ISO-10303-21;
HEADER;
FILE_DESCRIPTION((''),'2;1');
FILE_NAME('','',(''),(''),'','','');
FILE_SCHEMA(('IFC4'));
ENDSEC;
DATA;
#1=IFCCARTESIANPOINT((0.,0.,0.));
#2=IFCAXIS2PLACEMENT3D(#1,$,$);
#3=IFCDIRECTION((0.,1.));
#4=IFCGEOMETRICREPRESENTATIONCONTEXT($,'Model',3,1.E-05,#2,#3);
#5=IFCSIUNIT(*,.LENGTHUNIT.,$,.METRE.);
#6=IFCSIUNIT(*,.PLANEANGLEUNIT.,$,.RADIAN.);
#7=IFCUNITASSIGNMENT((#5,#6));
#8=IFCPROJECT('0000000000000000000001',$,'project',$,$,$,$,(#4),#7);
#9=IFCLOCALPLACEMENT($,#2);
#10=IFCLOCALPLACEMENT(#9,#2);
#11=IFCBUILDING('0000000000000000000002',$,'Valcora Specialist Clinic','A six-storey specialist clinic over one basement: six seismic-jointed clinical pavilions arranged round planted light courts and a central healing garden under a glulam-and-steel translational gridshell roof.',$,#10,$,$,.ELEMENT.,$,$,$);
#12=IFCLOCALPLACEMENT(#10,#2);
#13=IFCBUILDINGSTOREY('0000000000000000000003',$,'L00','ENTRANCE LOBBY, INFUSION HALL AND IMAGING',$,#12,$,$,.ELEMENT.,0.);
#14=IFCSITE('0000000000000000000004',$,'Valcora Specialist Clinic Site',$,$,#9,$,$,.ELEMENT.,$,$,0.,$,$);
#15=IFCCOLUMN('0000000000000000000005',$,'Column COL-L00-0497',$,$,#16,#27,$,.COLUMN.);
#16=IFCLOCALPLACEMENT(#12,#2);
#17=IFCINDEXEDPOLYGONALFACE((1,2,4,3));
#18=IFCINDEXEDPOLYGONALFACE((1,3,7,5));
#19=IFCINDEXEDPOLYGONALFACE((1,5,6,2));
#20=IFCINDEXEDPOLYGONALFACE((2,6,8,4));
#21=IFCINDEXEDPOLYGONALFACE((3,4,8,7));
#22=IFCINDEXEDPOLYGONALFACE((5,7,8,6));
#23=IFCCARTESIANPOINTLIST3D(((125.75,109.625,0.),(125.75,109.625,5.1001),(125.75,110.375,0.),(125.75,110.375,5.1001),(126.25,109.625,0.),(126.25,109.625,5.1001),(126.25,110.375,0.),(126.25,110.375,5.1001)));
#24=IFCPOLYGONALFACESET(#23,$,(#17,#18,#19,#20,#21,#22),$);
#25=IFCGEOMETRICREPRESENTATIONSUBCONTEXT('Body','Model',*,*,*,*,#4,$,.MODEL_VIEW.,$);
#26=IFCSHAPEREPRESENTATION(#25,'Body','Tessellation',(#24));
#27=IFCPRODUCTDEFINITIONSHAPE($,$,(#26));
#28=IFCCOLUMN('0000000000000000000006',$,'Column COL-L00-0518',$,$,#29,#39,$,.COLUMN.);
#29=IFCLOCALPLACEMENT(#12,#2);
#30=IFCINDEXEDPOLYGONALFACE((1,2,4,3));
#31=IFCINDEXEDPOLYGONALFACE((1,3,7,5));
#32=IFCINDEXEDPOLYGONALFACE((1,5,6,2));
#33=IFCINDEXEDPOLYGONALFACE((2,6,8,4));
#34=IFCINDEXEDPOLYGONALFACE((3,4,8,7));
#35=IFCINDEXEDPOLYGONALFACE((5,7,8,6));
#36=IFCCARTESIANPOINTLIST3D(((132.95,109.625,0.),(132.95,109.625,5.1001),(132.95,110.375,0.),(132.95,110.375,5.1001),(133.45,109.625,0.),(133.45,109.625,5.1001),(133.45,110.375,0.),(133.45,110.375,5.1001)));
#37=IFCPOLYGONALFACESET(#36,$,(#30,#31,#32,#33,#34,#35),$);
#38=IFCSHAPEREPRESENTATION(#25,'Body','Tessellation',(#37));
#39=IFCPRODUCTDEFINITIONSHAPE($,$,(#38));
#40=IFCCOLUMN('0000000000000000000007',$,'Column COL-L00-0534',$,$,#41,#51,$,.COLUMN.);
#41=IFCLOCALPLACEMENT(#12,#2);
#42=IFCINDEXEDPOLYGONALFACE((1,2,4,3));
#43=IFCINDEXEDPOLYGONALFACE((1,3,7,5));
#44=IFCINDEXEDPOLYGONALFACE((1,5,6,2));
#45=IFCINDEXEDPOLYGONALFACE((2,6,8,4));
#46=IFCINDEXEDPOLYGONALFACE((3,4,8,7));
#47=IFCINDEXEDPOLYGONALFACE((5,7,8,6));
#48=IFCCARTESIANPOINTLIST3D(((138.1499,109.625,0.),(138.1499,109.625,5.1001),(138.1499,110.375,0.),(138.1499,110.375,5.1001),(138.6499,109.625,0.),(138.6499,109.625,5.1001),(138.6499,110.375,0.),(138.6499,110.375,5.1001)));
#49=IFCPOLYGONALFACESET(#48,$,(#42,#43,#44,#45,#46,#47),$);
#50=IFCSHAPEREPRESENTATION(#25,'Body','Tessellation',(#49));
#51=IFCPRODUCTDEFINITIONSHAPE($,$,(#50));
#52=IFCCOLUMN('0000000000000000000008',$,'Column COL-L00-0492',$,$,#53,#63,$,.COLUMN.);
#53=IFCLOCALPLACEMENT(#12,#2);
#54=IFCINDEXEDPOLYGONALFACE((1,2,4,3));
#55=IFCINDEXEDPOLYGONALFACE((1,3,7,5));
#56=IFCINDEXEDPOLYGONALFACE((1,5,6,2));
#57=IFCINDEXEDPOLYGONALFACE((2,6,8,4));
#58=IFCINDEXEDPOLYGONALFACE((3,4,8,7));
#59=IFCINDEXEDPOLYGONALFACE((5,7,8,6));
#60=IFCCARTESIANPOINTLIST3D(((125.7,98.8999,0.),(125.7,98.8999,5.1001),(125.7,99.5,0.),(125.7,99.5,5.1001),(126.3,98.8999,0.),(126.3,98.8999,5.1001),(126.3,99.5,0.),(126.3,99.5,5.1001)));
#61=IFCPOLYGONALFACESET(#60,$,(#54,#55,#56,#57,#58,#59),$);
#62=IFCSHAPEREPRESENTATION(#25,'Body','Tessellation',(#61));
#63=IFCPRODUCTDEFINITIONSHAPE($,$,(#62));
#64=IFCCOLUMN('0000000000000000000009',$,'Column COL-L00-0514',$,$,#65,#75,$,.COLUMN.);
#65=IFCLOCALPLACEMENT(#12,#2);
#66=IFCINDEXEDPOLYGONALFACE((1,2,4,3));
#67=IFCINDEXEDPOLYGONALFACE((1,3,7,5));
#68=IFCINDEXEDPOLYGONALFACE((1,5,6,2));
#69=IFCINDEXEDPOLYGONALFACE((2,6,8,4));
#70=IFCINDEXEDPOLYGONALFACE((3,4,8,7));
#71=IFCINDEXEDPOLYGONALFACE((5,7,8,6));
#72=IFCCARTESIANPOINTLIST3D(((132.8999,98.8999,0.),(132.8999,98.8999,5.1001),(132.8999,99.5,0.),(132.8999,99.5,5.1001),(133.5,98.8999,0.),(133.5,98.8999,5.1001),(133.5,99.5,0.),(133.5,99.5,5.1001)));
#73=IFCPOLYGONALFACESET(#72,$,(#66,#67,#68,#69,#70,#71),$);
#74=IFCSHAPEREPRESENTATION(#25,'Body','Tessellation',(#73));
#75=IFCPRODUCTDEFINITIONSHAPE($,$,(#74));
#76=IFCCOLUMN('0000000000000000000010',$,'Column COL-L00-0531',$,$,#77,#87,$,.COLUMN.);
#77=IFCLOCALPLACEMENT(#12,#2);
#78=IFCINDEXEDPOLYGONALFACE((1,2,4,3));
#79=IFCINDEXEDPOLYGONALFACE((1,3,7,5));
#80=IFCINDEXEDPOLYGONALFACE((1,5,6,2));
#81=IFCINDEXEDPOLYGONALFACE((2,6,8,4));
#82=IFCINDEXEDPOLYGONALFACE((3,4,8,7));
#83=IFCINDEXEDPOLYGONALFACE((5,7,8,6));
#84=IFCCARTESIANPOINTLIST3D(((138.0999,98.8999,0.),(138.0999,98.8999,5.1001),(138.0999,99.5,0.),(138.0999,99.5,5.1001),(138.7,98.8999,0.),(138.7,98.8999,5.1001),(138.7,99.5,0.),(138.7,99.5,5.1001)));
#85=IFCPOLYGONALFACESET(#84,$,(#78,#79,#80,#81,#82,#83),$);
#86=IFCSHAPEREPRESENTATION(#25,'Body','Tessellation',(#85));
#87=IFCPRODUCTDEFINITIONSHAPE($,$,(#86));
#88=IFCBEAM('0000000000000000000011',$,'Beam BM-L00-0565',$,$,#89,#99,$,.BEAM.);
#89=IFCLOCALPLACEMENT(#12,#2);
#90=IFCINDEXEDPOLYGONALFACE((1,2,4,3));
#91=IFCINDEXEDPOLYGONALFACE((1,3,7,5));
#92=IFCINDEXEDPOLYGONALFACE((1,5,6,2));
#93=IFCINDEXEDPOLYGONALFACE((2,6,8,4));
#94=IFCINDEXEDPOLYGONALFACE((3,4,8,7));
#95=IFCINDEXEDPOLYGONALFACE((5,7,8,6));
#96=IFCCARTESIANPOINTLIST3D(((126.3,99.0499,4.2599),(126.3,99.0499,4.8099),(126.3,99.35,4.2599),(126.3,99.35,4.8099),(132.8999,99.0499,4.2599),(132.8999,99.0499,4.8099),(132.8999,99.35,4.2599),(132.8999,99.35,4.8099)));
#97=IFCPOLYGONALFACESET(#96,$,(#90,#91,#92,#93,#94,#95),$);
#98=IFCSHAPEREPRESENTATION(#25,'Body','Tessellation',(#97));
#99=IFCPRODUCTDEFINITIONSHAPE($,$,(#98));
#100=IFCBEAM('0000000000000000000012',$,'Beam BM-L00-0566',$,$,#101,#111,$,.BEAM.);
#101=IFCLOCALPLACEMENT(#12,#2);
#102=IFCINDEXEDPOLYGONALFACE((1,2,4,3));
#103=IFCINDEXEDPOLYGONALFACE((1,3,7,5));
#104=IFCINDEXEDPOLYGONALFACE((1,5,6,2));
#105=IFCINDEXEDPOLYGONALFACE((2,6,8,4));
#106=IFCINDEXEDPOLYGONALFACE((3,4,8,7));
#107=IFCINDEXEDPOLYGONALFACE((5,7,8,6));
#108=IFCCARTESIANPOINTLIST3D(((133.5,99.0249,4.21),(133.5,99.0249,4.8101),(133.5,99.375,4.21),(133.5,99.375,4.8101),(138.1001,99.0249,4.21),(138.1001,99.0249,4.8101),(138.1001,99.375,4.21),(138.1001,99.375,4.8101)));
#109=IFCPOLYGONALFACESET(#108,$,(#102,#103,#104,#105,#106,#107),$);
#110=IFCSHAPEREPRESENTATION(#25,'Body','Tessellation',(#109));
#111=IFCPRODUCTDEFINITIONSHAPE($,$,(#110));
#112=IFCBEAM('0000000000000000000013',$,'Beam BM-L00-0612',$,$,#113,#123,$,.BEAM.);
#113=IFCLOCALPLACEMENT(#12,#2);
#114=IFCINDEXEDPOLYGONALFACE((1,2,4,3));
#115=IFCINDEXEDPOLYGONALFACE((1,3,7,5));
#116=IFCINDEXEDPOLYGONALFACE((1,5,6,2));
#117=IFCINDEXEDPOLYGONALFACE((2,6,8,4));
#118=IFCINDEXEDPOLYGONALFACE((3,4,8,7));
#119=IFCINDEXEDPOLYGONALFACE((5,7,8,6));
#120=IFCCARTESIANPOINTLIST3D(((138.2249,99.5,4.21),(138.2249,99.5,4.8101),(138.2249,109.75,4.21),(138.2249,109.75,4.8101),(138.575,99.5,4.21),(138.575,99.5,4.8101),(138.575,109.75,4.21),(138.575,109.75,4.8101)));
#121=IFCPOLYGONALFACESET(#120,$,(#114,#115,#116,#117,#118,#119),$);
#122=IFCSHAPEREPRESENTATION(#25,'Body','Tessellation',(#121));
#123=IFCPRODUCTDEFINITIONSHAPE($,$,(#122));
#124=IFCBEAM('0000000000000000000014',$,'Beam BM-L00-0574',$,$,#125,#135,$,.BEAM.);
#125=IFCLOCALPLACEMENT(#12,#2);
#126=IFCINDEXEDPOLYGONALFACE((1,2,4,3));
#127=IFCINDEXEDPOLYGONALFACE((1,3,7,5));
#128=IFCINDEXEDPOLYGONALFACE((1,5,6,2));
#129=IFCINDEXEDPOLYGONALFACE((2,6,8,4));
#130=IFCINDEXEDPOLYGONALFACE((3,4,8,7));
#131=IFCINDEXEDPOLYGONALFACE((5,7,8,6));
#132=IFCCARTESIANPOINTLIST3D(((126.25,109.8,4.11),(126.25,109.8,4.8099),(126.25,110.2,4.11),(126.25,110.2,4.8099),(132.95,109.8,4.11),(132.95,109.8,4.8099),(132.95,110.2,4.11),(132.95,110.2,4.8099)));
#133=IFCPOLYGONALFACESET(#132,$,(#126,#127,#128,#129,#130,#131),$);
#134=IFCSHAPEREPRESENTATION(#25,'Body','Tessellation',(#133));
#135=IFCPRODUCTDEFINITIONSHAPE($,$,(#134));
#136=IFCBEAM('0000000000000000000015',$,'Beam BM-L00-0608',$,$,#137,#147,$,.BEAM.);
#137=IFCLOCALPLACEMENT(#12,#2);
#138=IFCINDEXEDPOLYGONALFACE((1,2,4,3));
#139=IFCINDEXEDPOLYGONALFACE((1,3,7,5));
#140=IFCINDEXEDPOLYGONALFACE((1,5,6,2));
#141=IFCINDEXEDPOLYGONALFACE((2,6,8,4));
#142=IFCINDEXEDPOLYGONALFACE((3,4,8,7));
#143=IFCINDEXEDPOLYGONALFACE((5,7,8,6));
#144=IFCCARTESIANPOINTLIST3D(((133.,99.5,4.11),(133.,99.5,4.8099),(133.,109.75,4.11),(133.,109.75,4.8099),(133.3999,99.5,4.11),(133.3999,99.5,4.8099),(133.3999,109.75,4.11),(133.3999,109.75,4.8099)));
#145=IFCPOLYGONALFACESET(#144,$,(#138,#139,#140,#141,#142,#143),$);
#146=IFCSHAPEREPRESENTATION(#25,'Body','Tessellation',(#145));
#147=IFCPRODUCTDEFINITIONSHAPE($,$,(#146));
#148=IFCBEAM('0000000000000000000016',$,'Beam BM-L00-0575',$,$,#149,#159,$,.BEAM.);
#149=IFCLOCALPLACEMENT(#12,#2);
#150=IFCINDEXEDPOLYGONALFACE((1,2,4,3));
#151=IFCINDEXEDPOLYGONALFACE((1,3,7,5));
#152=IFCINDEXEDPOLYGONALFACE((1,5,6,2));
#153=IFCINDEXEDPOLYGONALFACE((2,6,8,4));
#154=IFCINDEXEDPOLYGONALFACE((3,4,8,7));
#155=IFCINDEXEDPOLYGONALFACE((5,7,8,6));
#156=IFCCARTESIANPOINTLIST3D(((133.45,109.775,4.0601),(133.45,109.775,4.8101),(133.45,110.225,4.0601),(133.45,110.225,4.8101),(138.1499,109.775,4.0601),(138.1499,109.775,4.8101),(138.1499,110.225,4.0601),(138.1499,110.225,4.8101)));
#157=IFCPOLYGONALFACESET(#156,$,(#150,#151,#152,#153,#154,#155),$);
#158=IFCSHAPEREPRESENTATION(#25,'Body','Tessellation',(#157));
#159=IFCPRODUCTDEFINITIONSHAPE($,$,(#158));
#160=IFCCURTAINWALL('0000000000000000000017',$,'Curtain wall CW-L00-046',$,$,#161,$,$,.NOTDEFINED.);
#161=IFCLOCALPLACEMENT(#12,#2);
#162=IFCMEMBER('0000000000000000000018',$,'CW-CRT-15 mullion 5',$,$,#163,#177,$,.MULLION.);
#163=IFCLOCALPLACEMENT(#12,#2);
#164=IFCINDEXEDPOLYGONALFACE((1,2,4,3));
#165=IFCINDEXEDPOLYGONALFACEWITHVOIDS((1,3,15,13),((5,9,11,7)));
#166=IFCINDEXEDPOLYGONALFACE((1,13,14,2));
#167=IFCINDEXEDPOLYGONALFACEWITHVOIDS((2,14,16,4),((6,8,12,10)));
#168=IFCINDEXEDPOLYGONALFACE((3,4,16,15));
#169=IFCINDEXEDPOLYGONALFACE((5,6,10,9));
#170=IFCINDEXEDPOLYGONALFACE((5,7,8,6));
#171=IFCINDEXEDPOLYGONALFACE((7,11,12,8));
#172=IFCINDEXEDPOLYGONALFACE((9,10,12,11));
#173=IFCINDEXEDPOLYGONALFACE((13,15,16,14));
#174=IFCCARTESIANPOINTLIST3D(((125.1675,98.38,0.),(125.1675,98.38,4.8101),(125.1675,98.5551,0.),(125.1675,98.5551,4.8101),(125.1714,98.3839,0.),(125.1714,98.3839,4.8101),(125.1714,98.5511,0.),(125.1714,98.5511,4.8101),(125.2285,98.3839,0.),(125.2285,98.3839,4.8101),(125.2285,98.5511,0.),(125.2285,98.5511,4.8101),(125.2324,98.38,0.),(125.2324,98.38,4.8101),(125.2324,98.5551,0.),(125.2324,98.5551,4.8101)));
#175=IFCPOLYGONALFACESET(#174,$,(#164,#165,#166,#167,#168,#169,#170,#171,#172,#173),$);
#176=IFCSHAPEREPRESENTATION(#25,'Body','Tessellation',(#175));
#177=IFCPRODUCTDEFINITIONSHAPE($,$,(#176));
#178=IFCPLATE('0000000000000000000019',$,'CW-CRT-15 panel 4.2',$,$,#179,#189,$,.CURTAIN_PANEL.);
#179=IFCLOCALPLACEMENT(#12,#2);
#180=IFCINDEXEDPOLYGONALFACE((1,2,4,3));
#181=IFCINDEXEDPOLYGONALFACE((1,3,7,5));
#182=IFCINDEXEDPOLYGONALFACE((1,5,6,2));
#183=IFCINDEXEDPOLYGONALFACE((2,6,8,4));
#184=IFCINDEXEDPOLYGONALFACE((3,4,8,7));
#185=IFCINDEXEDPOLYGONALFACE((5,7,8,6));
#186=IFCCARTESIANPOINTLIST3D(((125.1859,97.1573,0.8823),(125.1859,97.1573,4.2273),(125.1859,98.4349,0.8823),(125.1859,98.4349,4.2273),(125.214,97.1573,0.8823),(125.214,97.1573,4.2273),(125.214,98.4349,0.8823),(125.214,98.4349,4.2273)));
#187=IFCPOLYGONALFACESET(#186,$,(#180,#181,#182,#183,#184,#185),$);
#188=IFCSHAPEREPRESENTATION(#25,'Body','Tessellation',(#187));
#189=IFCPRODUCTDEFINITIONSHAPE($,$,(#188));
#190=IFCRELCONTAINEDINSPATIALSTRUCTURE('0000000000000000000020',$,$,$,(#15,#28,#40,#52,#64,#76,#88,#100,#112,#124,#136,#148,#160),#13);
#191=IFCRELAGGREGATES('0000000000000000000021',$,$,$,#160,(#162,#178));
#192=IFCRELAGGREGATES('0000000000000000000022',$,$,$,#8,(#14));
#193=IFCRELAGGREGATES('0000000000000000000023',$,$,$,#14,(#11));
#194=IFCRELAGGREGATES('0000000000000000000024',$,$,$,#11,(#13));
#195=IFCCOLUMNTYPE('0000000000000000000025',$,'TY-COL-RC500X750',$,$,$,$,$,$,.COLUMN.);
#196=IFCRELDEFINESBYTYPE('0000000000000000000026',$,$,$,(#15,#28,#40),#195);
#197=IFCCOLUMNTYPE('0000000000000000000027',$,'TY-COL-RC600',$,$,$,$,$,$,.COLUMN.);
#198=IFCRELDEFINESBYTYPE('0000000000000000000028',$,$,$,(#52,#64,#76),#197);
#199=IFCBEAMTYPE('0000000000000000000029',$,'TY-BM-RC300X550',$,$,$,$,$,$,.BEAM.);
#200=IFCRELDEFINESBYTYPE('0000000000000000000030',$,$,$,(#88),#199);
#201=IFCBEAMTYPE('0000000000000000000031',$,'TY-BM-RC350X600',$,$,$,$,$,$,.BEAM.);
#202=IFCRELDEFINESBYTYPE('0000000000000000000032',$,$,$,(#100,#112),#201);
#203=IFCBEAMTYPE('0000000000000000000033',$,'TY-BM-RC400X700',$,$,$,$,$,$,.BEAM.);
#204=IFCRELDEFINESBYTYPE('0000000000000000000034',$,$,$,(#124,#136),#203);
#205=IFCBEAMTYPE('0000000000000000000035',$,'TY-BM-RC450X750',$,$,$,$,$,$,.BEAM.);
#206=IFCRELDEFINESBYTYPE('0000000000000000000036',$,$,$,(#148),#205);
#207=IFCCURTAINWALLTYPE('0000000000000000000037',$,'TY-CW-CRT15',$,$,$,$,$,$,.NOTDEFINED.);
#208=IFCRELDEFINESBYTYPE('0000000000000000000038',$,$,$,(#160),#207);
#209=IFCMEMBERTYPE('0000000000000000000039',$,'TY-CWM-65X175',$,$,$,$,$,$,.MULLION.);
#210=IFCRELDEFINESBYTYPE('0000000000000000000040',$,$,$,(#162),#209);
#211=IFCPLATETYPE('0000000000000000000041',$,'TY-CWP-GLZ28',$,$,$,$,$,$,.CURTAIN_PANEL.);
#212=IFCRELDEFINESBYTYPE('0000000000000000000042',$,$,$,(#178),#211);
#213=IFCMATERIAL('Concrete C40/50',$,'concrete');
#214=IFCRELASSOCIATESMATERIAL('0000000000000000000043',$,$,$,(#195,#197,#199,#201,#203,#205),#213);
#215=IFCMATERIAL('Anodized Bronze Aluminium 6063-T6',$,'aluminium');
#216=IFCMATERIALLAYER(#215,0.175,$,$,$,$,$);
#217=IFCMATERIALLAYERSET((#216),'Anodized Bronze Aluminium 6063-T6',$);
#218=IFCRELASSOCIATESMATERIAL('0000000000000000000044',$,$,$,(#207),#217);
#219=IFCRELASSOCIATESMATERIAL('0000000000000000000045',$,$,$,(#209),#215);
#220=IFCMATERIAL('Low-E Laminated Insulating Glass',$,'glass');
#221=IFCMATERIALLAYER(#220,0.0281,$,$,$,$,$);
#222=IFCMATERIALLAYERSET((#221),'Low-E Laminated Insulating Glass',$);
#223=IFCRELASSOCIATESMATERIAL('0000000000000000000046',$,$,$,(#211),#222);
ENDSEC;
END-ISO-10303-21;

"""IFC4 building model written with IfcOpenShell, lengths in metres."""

from ifc_helpers import new_model, si_unit, direction, frame, origin, origin_2d, place, context, subcontext, project, spatial, rectangle, hollow_rectangle, extrude, material, layer, layer_set, material_profile, profile_set, type_object, element, aggregate, save


model = new_model("IFC4")

# Units and contexts
model_context = context("Model", 3, precision=1e-05, world=origin(), true_north=direction((0.0, 1.0)))
body_context = subcontext(model_context, "Body", "Model", "MODEL_VIEW")
ifc_project = project(units=[si_unit("LENGTHUNIT", "METRE"), si_unit("PLANEANGLEUNIT", "RADIAN")], contexts=[model_context])

# Site, building, storey
site_placement = place(None, origin())
site = spatial("IfcSite", under=ifc_project, at=site_placement, Name="Valcora Specialist Clinic Site", CompositionType="ELEMENT", RefElevation=0.0)
building_placement = place(site_placement, origin())
building = spatial("IfcBuilding", under=site, at=building_placement, Name="Valcora Specialist Clinic", Description="A six-storey specialist clinic over one basement: six seismic-jointed clinical pavilions arranged round planted light courts and a central healing garden under a glulam-and-steel translational gridshell roof.", CompositionType="ELEMENT")
storey_placement = place(building_placement, origin())
storey = spatial("IfcBuildingStorey", under=building, at=storey_placement, Name="L00", Description="ENTRANCE LOBBY, INFUSION HALL AND IMAGING", CompositionType="ELEMENT", Elevation=0.0)

# Columns
ifc_material_1 = material(Name="Concrete C40/50", Category="concrete")
ifc_material_profile_1 = material_profile(ifc_material_1, rectangle(XDim=0.5, YDim=0.75, at=origin_2d()), Name="RC-COL-500X750")
ifc_profile_set_1 = profile_set([ifc_material_profile_1], Name="Concrete C40/50")
column_type_1 = type_object("IfcColumnType", Name="TY-COL-RC500X750", PredefinedType="COLUMN", material=ifc_profile_set_1)
for number, where, z_axis, x_axis, name in (
    (1, (126.0, 110.0, 0.0), (0.0, 0.0, 1.0), (1.0, 0.0, 0.0), "Column COL-L00-0497"),
    (2, (133.2, 110.0, 0.0), (0.0, 0.0, 1.0), (1.0, 0.0, 0.0), "Column COL-L00-0518"),
    (3, (138.3999, 110.0, 0.0), (0.0, 0.0, 1.0), (1.0, 0.0, 0.0), "Column COL-L00-0534"),
):
    element("IfcColumn", number, at=place(storey_placement, frame(where, z_axis=z_axis, x_axis=x_axis)), inside=storey, type_object=column_type_1, Name=name, PredefinedType="COLUMN", context=body_context, shape_type="SweptSolid", body=[
        extrude(rectangle(XDim=0.5, YDim=0.75, at=origin_2d()), origin(), (0.0, 0.0, 1.0), 5.1001),
    ])
ifc_material_profile_2 = material_profile(ifc_material_1, rectangle(XDim=0.6001, YDim=0.6001, at=origin_2d()), Name="RC-COL-600X600")
ifc_profile_set_2 = profile_set([ifc_material_profile_2], Name="Concrete C40/50")
column_type_2 = type_object("IfcColumnType", Name="TY-COL-RC600", PredefinedType="COLUMN", material=ifc_profile_set_2)
for number, where, z_axis, x_axis, name in (
    (4, (126.0, 99.2, 0.0), (0.0, 0.0, 1.0), (1.0, 0.0, 0.0), "Column COL-L00-0492"),
    (5, (133.2, 99.2, 0.0), (0.0, 0.0, 1.0), (1.0, 0.0, 0.0), "Column COL-L00-0514"),
    (6, (138.3999, 99.2, 0.0), (0.0, 0.0, 1.0), (1.0, 0.0, 0.0), "Column COL-L00-0531"),
):
    element("IfcColumn", number, at=place(storey_placement, frame(where, z_axis=z_axis, x_axis=x_axis)), inside=storey, type_object=column_type_2, Name=name, PredefinedType="COLUMN", context=body_context, shape_type="SweptSolid", body=[
        extrude(rectangle(XDim=0.6001, YDim=0.6001, at=origin_2d()), origin(), (0.0, 0.0, 1.0), 5.1001),
    ])

# Beams
ifc_material_profile_3 = material_profile(ifc_material_1, rectangle(XDim=0.3, YDim=0.55, at=origin_2d()), Name="RC-BM-300X550")
ifc_profile_set_3 = profile_set([ifc_material_profile_3], Name="Concrete C40/50")
beam_type_1 = type_object("IfcBeamType", Name="TY-BM-RC300X550", PredefinedType="BEAM", material=ifc_profile_set_3)
beam_1_placement = place(storey_placement, frame((126.3, 99.2, 4.5349), z_axis=(1.0, 0.0, 0.0), x_axis=(0.0, 1.0, 0.0)))
element("IfcBeam", 7, at=beam_1_placement, inside=storey, type_object=beam_type_1, Name="Beam BM-L00-0565", PredefinedType="BEAM", context=body_context, shape_type="SweptSolid", body=[
    extrude(rectangle(XDim=0.3, YDim=0.55, at=origin_2d()), origin(), (0.0, 0.0, 1.0), 6.5999),
])
ifc_material_profile_4 = material_profile(ifc_material_1, rectangle(XDim=0.3501, YDim=0.6001, at=origin_2d()), Name="RC-BM-350X600")
ifc_profile_set_4 = profile_set([ifc_material_profile_4], Name="Concrete C40/50")
beam_type_2 = type_object("IfcBeamType", Name="TY-BM-RC350X600", PredefinedType="BEAM", material=ifc_profile_set_4)
beam_2_placement = place(storey_placement, frame((133.5, 99.2, 4.51), z_axis=(1.0, 0.0, 0.0), x_axis=(0.0, 1.0, 0.0)))
element("IfcBeam", 8, at=beam_2_placement, inside=storey, type_object=beam_type_2, Name="Beam BM-L00-0566", PredefinedType="BEAM", context=body_context, shape_type="SweptSolid", body=[
    extrude(rectangle(XDim=0.3501, YDim=0.6001, at=origin_2d()), origin(), (0.0, 0.0, 1.0), 4.6001),
])
beam_3_placement = place(storey_placement, frame((138.3999, 99.5, 4.51), z_axis=(0.0, 1.0, 0.0), x_axis=(-1.0, 0.0, 0.0)))
element("IfcBeam", 9, at=beam_3_placement, inside=storey, type_object=beam_type_2, Name="Beam BM-L00-0612", PredefinedType="BEAM", context=body_context, shape_type="SweptSolid", body=[
    extrude(rectangle(XDim=0.3501, YDim=0.6001, at=origin_2d()), origin(), (0.0, 0.0, 1.0), 10.25),
])
ifc_material_profile_5 = material_profile(ifc_material_1, rectangle(XDim=0.3999, YDim=0.7, at=origin_2d()), Name="RC-BM-400X700")
ifc_profile_set_5 = profile_set([ifc_material_profile_5], Name="Concrete C40/50")
beam_type_3 = type_object("IfcBeamType", Name="TY-BM-RC400X700", PredefinedType="BEAM", material=ifc_profile_set_5)
beam_4_placement = place(storey_placement, frame((126.25, 110.0, 4.46), z_axis=(1.0, 0.0, 0.0), x_axis=(0.0, 1.0, 0.0)))
element("IfcBeam", 10, at=beam_4_placement, inside=storey, type_object=beam_type_3, Name="Beam BM-L00-0574", PredefinedType="BEAM", context=body_context, shape_type="SweptSolid", body=[
    extrude(rectangle(XDim=0.3999, YDim=0.7, at=origin_2d()), origin(), (0.0, 0.0, 1.0), 6.7),
])
beam_5_placement = place(storey_placement, frame((133.2, 99.5, 4.46), z_axis=(0.0, 1.0, 0.0), x_axis=(-1.0, 0.0, 0.0)))
element("IfcBeam", 11, at=beam_5_placement, inside=storey, type_object=beam_type_3, Name="Beam BM-L00-0608", PredefinedType="BEAM", context=body_context, shape_type="SweptSolid", body=[
    extrude(rectangle(XDim=0.3999, YDim=0.7, at=origin_2d()), origin(), (0.0, 0.0, 1.0), 10.25),
])
ifc_material_profile_6 = material_profile(ifc_material_1, rectangle(XDim=0.45, YDim=0.75, at=origin_2d()), Name="RC-BM-450X750")
ifc_profile_set_6 = profile_set([ifc_material_profile_6], Name="Concrete C40/50")
beam_type_4 = type_object("IfcBeamType", Name="TY-BM-RC450X750", PredefinedType="BEAM", material=ifc_profile_set_6)
beam_6_placement = place(storey_placement, frame((133.45, 110.0, 4.4351), z_axis=(1.0, 0.0, 0.0), x_axis=(0.0, 1.0, 0.0)))
element("IfcBeam", 12, at=beam_6_placement, inside=storey, type_object=beam_type_4, Name="Beam BM-L00-0575", PredefinedType="BEAM", context=body_context, shape_type="SweptSolid", body=[
    extrude(rectangle(XDim=0.45, YDim=0.75, at=origin_2d()), origin(), (0.0, 0.0, 1.0), 4.7),
])

# Curtain wall, member, plate
ifc_material_2 = material(Name="Anodized Bronze Aluminium 6063-T6", Category="aluminium")
ifc_layer_1 = layer(ifc_material_2, 0.175)
ifc_layer_set_1 = layer_set([ifc_layer_1], Name="Anodized Bronze Aluminium 6063-T6")
curtain_wall_type = type_object("IfcCurtainWallType", Name="TY-CW-CRT15", PredefinedType="NOTDEFINED", material=ifc_layer_set_1)
curtain_wall_placement = place(storey_placement, origin())
curtain_wall = element("IfcCurtainWall", 13, at=curtain_wall_placement, inside=storey, type_object=curtain_wall_type, Name="Curtain wall CW-L00-046", PredefinedType="NOTDEFINED")
ifc_material_profile_7 = material_profile(ifc_material_2, hollow_rectangle(XDim=0.0649, YDim=0.175, WallThickness=0.0039, at=origin_2d()), Name="AL-MUL-65X175")
ifc_profile_set_7 = profile_set([ifc_material_profile_7], Name="Anodized Bronze Aluminium 6063-T6")
member_type = type_object("IfcMemberType", Name="TY-CWM-65X175", PredefinedType="MULLION", material=ifc_profile_set_7)
member_placement = place(storey_placement, frame((125.2, 98.4675, 0.0), z_axis=(0.0, 0.0, 1.0), x_axis=(-1.0, 0.0, 0.0)))
member = element("IfcMember", 14, at=member_placement, type_object=member_type, Name="CW-CRT-15 mullion 5", PredefinedType="MULLION", context=body_context, shape_type="SweptSolid", body=[
    extrude(hollow_rectangle(XDim=0.0649, YDim=0.175, WallThickness=0.0039, at=origin_2d()), origin(), (0.0, 0.0, 1.0), 4.8101),
])
ifc_material_3 = material(Name="Low-E Laminated Insulating Glass", Category="glass")
ifc_layer_2 = layer(ifc_material_3, 0.0281)
ifc_layer_set_2 = layer_set([ifc_layer_2], Name="Low-E Laminated Insulating Glass")
plate_type_1 = type_object("IfcPlateType", Name="TY-CWP-GLZ28", PredefinedType="CURTAIN_PANEL", material=ifc_layer_set_2)
plate_1_placement = place(storey_placement, frame((125.2, 97.7961, 0.8823), z_axis=(0.0, 0.0, 1.0), x_axis=(0.0, 1.0, 0.0)))
plate_1 = element("IfcPlate", 15, at=plate_1_placement, type_object=plate_type_1, Name="CW-CRT-15 panel 4.2", PredefinedType="CURTAIN_PANEL", context=body_context, shape_type="SweptSolid", body=[
    extrude(rectangle(XDim=1.2776, YDim=0.0281, at=origin_2d()), origin(), (0.0, 0.0, 1.0), 3.345),
])
aggregate(curtain_wall, [member, plate_1])

save(model, "model.ifc")
